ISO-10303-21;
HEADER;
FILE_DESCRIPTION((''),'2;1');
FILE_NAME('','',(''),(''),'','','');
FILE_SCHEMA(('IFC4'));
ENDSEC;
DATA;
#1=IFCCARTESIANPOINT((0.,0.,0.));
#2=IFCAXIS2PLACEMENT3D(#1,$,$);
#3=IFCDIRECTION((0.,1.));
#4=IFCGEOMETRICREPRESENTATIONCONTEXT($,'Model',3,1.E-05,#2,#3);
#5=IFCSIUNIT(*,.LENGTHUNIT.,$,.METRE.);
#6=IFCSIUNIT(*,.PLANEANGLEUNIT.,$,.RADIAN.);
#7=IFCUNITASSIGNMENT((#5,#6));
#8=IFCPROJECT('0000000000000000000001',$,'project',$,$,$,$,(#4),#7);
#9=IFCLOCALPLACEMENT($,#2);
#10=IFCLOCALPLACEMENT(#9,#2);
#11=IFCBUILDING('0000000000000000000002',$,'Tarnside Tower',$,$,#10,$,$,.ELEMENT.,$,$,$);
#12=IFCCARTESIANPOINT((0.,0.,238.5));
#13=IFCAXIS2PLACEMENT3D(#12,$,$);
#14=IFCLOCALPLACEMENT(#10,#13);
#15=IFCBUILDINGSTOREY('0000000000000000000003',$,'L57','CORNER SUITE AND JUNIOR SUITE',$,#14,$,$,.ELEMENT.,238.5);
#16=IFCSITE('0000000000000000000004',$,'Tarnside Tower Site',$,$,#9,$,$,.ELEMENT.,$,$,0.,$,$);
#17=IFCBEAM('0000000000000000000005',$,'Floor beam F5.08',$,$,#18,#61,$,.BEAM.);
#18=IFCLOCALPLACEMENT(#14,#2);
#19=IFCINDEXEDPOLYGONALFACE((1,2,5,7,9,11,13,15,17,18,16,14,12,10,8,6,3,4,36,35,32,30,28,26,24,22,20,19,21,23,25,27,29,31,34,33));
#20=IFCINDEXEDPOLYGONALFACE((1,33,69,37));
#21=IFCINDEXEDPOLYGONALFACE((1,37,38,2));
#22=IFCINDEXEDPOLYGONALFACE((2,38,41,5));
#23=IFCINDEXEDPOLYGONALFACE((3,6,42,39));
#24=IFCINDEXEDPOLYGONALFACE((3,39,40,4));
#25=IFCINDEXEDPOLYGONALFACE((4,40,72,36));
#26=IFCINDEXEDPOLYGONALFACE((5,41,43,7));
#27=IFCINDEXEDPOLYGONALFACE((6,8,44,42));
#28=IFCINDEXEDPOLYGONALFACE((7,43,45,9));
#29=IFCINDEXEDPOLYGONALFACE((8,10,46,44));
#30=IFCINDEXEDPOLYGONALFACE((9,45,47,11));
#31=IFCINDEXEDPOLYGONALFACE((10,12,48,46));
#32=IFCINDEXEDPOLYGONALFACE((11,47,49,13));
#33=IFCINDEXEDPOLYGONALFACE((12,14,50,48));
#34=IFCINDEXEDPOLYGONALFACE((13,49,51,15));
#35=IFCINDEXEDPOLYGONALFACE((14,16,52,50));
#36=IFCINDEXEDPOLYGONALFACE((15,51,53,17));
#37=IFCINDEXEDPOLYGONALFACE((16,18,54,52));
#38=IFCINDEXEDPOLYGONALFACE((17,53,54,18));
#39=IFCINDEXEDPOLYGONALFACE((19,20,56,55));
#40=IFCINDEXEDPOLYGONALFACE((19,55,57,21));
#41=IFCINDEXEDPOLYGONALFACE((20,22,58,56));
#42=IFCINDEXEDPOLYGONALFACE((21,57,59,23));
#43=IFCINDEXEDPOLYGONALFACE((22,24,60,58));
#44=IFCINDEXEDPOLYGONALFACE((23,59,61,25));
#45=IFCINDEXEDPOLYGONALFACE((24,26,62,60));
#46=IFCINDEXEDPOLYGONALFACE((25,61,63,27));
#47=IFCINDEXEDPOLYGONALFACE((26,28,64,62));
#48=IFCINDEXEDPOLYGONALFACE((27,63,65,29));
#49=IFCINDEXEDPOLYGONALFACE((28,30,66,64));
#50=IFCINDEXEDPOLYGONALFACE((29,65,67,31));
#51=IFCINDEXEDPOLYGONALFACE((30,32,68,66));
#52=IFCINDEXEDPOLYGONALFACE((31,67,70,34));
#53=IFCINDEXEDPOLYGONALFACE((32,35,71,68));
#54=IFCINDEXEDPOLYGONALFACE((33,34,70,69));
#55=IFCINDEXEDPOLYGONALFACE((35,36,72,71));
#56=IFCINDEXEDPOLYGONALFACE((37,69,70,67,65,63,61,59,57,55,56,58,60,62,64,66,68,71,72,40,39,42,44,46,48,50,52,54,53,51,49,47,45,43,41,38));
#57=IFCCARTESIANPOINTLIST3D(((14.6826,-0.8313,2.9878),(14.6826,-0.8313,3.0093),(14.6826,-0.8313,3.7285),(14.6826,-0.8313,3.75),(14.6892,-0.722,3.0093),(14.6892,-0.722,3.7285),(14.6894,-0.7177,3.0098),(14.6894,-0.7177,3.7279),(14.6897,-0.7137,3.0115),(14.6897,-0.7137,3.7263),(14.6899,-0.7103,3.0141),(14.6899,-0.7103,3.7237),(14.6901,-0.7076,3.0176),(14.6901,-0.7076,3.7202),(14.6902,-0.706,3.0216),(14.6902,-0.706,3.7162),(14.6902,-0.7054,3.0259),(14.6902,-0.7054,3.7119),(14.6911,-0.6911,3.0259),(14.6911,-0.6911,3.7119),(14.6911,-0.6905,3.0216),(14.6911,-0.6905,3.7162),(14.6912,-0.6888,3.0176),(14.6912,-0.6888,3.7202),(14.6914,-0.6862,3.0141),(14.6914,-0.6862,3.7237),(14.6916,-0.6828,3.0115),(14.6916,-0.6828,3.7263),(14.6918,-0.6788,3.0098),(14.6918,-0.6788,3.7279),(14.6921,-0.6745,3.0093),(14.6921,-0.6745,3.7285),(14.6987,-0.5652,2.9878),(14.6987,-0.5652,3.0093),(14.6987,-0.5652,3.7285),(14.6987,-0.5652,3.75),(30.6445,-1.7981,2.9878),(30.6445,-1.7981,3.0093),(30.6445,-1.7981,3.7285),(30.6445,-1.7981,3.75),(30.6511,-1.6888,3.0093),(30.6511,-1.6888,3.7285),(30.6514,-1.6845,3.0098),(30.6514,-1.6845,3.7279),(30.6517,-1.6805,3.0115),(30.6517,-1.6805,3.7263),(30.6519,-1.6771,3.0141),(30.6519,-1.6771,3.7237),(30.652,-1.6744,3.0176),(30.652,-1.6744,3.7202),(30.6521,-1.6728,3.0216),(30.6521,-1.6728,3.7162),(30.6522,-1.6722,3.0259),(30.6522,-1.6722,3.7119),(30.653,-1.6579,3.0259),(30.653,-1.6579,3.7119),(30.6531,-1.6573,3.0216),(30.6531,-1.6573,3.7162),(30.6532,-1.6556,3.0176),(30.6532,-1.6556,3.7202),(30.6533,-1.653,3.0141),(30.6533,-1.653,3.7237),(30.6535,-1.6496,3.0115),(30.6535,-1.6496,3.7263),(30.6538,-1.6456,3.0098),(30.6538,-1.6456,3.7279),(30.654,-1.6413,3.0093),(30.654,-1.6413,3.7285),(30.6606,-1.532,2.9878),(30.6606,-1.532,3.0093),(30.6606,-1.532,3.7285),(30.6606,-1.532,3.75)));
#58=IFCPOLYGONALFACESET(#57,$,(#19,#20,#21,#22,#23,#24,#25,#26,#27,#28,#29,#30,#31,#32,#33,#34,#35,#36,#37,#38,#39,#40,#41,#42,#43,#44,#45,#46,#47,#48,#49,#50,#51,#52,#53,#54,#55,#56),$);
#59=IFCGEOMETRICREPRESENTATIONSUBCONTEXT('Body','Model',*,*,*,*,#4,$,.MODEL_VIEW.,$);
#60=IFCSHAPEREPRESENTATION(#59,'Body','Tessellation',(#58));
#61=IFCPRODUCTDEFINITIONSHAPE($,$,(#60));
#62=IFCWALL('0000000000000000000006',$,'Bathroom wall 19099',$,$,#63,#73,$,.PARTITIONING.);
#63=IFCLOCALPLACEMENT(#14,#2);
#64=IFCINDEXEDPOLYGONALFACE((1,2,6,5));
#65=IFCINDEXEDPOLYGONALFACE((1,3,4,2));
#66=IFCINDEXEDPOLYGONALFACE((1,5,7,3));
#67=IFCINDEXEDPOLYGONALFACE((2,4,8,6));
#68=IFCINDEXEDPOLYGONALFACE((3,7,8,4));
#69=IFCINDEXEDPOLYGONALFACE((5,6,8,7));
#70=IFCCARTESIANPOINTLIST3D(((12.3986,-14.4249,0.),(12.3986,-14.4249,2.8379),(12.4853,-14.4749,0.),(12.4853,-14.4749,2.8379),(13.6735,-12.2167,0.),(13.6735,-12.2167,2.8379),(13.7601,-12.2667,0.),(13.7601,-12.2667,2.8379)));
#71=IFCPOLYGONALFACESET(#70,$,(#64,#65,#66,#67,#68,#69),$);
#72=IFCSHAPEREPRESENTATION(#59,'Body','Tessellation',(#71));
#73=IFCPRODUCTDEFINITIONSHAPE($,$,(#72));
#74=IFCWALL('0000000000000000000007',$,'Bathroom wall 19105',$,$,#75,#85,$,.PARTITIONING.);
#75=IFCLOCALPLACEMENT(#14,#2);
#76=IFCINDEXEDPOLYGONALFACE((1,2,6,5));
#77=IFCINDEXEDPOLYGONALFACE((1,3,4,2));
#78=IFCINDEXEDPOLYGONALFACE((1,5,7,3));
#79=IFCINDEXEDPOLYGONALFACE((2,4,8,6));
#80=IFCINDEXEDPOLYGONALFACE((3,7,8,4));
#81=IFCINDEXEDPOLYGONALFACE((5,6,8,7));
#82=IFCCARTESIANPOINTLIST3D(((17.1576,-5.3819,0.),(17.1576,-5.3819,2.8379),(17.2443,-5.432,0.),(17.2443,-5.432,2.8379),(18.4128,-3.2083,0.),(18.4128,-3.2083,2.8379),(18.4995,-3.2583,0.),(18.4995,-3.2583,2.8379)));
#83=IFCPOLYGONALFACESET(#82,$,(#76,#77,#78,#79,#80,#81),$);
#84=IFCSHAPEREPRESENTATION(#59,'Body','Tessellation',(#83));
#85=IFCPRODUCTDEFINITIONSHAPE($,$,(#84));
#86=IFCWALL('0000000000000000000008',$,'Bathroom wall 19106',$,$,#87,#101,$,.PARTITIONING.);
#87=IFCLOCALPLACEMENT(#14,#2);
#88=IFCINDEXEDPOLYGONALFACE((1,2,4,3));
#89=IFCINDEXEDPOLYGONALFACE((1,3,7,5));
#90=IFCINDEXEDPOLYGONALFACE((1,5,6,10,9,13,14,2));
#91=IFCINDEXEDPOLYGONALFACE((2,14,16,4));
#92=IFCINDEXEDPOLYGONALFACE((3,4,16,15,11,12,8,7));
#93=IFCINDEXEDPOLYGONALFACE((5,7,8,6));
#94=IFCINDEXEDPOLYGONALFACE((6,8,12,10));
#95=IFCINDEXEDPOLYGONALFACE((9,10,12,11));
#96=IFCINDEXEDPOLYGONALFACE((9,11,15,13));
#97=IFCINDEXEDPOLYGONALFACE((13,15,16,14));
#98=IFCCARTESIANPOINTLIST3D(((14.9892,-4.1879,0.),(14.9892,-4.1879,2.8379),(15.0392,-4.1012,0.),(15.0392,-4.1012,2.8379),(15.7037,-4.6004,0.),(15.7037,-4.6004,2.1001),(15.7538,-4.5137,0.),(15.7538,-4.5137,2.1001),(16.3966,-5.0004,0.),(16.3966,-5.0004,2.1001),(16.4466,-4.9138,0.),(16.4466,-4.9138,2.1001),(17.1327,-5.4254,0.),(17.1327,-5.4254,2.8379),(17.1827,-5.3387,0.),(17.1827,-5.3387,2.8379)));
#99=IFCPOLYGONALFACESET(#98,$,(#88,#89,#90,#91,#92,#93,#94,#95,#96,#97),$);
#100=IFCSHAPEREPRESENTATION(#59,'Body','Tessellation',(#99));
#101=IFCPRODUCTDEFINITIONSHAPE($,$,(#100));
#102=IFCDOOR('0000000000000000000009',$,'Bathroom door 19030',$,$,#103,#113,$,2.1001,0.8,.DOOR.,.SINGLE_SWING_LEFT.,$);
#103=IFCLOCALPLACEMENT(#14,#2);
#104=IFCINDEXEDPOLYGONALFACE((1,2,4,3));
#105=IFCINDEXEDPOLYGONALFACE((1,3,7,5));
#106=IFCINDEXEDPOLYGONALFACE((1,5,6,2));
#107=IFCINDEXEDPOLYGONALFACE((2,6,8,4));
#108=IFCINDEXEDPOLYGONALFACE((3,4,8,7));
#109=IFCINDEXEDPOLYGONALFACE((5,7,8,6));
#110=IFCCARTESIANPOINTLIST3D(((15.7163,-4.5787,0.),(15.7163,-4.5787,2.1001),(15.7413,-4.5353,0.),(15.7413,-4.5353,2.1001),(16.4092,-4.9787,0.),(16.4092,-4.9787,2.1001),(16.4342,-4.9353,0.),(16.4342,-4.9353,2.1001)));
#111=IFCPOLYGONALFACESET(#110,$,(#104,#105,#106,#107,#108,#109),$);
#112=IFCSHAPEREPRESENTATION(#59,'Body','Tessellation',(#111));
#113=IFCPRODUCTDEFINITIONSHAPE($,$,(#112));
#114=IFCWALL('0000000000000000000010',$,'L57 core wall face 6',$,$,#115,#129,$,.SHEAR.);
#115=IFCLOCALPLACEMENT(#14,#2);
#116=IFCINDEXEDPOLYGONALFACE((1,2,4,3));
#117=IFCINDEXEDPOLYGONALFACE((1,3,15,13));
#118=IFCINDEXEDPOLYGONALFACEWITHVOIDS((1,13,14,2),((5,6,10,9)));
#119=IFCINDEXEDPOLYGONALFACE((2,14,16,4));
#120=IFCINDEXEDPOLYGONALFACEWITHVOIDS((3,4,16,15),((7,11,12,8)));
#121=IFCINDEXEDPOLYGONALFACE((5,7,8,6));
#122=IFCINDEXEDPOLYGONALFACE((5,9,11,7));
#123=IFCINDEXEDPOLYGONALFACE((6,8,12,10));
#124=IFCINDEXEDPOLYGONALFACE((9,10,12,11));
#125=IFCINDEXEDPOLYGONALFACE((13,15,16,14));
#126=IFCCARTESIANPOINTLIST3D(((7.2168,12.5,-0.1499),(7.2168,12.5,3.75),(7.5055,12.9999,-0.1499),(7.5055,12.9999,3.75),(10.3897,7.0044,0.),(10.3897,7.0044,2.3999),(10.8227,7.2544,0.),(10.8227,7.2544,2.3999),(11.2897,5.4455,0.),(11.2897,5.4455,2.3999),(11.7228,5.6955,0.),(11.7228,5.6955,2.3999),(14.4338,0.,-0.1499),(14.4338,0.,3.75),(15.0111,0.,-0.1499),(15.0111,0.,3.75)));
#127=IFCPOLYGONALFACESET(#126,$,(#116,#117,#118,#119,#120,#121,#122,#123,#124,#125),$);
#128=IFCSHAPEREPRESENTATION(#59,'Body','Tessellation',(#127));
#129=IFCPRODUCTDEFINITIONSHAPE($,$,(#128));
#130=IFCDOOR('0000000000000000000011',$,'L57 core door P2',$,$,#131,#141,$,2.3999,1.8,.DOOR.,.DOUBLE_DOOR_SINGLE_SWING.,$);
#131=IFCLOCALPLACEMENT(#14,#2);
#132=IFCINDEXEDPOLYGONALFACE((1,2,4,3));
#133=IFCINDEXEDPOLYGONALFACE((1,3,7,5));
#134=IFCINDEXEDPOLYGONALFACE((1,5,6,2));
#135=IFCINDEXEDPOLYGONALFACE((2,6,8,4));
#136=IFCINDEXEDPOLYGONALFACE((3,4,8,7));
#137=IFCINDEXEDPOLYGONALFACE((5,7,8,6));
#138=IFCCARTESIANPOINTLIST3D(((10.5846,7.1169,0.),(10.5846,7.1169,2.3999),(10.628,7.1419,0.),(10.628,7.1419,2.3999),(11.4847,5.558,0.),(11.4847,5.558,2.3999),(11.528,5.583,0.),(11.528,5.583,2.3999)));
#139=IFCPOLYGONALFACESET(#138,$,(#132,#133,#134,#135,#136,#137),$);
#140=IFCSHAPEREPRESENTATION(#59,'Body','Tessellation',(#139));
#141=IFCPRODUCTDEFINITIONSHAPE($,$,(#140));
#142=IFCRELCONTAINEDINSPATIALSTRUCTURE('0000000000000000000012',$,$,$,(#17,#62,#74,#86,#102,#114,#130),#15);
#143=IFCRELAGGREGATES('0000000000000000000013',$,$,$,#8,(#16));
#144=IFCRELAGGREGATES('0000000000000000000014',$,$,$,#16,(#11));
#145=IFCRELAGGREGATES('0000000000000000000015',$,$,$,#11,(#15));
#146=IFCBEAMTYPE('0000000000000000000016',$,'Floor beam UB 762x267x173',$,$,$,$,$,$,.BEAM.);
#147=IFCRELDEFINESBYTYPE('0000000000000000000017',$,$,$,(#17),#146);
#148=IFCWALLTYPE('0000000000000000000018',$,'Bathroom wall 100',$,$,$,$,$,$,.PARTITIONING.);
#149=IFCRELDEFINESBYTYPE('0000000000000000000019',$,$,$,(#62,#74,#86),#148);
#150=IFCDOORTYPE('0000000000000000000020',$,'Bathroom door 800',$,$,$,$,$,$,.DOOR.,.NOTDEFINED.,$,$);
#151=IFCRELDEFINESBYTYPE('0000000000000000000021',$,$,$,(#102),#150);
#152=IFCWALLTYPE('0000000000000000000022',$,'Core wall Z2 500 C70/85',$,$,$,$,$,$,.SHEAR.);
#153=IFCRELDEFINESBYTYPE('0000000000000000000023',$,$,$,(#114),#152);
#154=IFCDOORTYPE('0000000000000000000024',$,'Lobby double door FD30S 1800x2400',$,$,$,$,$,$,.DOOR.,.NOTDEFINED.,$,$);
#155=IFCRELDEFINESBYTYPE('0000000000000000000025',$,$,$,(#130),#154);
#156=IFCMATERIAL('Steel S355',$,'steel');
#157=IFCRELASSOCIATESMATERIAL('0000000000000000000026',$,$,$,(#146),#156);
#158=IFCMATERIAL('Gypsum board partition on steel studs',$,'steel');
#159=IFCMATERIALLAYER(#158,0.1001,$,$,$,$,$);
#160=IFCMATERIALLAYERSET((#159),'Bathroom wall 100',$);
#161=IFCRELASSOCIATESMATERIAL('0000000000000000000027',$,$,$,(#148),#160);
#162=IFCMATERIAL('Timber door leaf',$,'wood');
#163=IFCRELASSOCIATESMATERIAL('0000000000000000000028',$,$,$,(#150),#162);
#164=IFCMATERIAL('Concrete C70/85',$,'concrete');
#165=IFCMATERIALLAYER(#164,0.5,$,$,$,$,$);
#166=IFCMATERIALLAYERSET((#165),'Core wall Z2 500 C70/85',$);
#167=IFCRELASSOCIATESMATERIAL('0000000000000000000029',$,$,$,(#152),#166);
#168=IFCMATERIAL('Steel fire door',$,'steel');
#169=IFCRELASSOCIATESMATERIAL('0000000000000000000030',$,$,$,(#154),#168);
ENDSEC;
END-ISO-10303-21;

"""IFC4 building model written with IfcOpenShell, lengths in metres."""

from ifc_helpers import new_model, si_unit, direction, frame, frame_2d, origin, origin_2d, place, context, subcontext, project, spatial, polyline, rectangle, i_section, outline, extrude, material, layer, layer_set, material_profile, profile_set, type_object, element, fill, save


model = new_model("IFC4")

# Units and contexts
model_context = context("Model", 3, precision=1e-05, world=origin(), true_north=direction((0.0, 1.0)))
body_context = subcontext(model_context, "Body", "Model", "MODEL_VIEW")
ifc_project = project(units=[si_unit("LENGTHUNIT", "METRE"), si_unit("PLANEANGLEUNIT", "RADIAN")], contexts=[model_context])

# Site, building, storey
site_placement = place(None, origin())
site = spatial("IfcSite", under=ifc_project, at=site_placement, Name="Tarnside Tower Site", CompositionType="ELEMENT", RefElevation=0.0)
building_placement = place(site_placement, origin())
building = spatial("IfcBuilding", under=site, at=building_placement, Name="Tarnside Tower", CompositionType="ELEMENT")
storey_placement = place(building_placement, frame((0.0, 0.0, 238.5)))
storey = spatial("IfcBuildingStorey", under=building, at=storey_placement, Name="L57", Description="CORNER SUITE AND JUNIOR SUITE", CompositionType="ELEMENT", Elevation=238.5)

# Beam
ifc_material_1 = material(Name="Steel S355", Category="steel")
ifc_material_profile_1 = material_profile(ifc_material_1, i_section(OverallWidth=0.2666, OverallDepth=0.7622, WebThickness=0.0144, FlangeThickness=0.0215, FilletRadius=0.0166, at=origin_2d()), Name="UB 762x267x173")
ifc_profile_set_1 = profile_set([ifc_material_profile_1], Name="Steel S355")
beam_type_1 = type_object("IfcBeamType", Name="Floor beam UB 762x267x173", PredefinedType="BEAM", material=ifc_profile_set_1)
beam_1_placement = place(storey_placement, frame((30.6526, -1.665, 3.3689), z_axis=(-0.998171, 0.060458, 0.0), x_axis=(-0.060458, -0.998171, 0.0)))
element("IfcBeam", 1, at=beam_1_placement, inside=storey, type_object=beam_type_1, Name="Floor beam F5.08", PredefinedType="BEAM", context=body_context, shape_type="SweptSolid", body=[
    extrude(i_section(OverallWidth=0.2666, OverallDepth=0.7622, WebThickness=0.0144, FlangeThickness=0.0215, FilletRadius=0.0166, at=origin_2d()), origin(), (0.0, 0.0, 1.0), 15.9912),
])

# Walls
ifc_material_2 = material(Name="Gypsum board partition on steel studs", Category="steel")
ifc_layer_1 = layer(ifc_material_2, 0.1001)
ifc_layer_set_1 = layer_set([ifc_layer_1], Name="Bathroom wall 100")
wall_type_1 = type_object("IfcWallType", Name="Bathroom wall 100", PredefinedType="PARTITIONING", material=ifc_layer_set_1)
wall_1_placement = place(storey_placement, frame((13.7168, -12.2417, 0.0), z_axis=(0.0, 0.0, 1.0), x_axis=(-0.49999, -0.866031, 0.0)))
element("IfcWall", 2, at=wall_1_placement, inside=storey, type_object=wall_type_1, Name="Bathroom wall 19099", PredefinedType="PARTITIONING", context=body_context, shape_type="SweptSolid", body=[
    extrude(rectangle(XDim=2.5498, YDim=0.1001, at=frame_2d((1.2749, 0.0))), origin(), (0.0, 0.0, 1.0), 2.8379),
])
wall_2_placement = place(storey_placement, frame((18.4561, -3.2334, 0.0), z_axis=(0.0, 0.0, 1.0), x_axis=(-0.500062, -0.86599, 0.0)))
element("IfcWall", 3, at=wall_2_placement, inside=storey, type_object=wall_type_1, Name="Bathroom wall 19105", PredefinedType="PARTITIONING", context=body_context, shape_type="SweptSolid", body=[
    extrude(rectangle(XDim=2.51, YDim=0.1001, at=frame_2d((1.2549, 0.0))), origin(), (0.0, 0.0, 1.0), 2.8379),
])

# Walls, openings, doors
wall_3_placement = place(storey_placement, frame((17.1577, -5.3821, 0.0), z_axis=(0.0, 0.0, 1.0), x_axis=(-0.866031, 0.49999, 0.0)))
wall_3 = element("IfcWall", 4, at=wall_3_placement, inside=storey, type_object=wall_type_1, Name="Bathroom wall 19106", PredefinedType="PARTITIONING", context=body_context, shape_type="SweptSolid", body=[
    extrude(rectangle(XDim=2.4751, YDim=0.1001, at=frame_2d((1.2375, 0.0))), origin(), (0.0, 0.0, 1.0), 2.8379),
])
opening_1_placement = place(wall_3_placement, frame((0.8501, 0.0, 0.0)))
opening_1 = element("IfcOpeningElement", 5, at=opening_1_placement, cuts=wall_3, PredefinedType="OPENING", context=body_context, shape_type="SweptSolid", body=[
    extrude(rectangle(XDim=0.8, YDim=2.1001, at=frame_2d((0.3999, 1.05))), frame((0.0, 0.0601, 0.0), z_axis=(0.0, -1.0, 0.0), x_axis=(1.0, 0.0, 0.0)), (0.0, 0.0, 1.0), 0.1201),
])
ifc_material_3 = material(Name="Timber door leaf", Category="wood")
door_type_1 = type_object("IfcDoorType", Name="Bathroom door 800", OperationType="NOTDEFINED", PredefinedType="DOOR", material=ifc_material_3)
door_1_placement = place(opening_1_placement, origin())
door_1 = element("IfcDoor", 6, at=door_1_placement, inside=storey, type_object=door_type_1, Name="Bathroom door 19030", OperationType="SINGLE_SWING_LEFT", OverallHeight=2.1001, OverallWidth=0.8, PredefinedType="DOOR", context=body_context, shape_type="SweptSolid", body=[
    extrude(rectangle(XDim=0.8, YDim=2.1001, at=frame_2d((0.3999, 1.05))), frame((0.0, 0.0249, 0.0), z_axis=(0.0, -1.0, 0.0), x_axis=(1.0, 0.0, 0.0)), (0.0, 0.0, 1.0), 0.05),
])
fill(opening_1, door_1)
ifc_material_4 = material(Name="Concrete C70/85", Category="concrete")
ifc_layer_2 = layer(ifc_material_4, 0.5)
ifc_layer_set_2 = layer_set([ifc_layer_2], Name="Core wall Z2 500 C70/85")
wall_type_2 = type_object("IfcWallType", Name="Core wall Z2 500 C70/85", PredefinedType="SHEAR", material=ifc_layer_set_2)
wall_4_placement = place(storey_placement, frame((14.7224, 0.0, -0.1499), z_axis=(0.0, 0.0, 1.0), x_axis=(-0.500006, 0.866022, 0.0)))
wall_4 = element("IfcWall", 7, at=wall_4_placement, inside=storey, type_object=wall_type_2, Name="L57 core wall face 6", PredefinedType="SHEAR", context=body_context, shape_type="SweptSolid", body=[
    extrude(outline(polyline([(-0.1443, -0.25), (14.8667, -0.25), (14.5781, 0.25), (0.1443, 0.25), (-0.1443, -0.25)])), origin(), (0.0, 0.0, 1.0), 3.8999),
])
opening_2_placement = place(wall_4_placement, frame((6.4324, 0.0, 0.1499)))
opening_2 = element("IfcOpeningElement", 8, at=opening_2_placement, cuts=wall_4, PredefinedType="OPENING", context=body_context, shape_type="SweptSolid", body=[
    extrude(rectangle(XDim=1.8, YDim=2.3999, at=frame_2d((0.8999, 1.2))), frame((0.0, 0.26, 0.0), z_axis=(0.0, -1.0, 0.0), x_axis=(1.0, 0.0, 0.0)), (0.0, 0.0, 1.0), 0.52),
])
ifc_material_5 = material(Name="Steel fire door", Category="steel")
door_type_2 = type_object("IfcDoorType", Name="Lobby double door FD30S 1800x2400", OperationType="NOTDEFINED", PredefinedType="DOOR", material=ifc_material_5)
door_2_placement = place(opening_2_placement, origin())
door_2 = element("IfcDoor", 9, at=door_2_placement, inside=storey, type_object=door_type_2, Name="L57 core door P2", OperationType="DOUBLE_DOOR_SINGLE_SWING", OverallHeight=2.3999, OverallWidth=1.8, PredefinedType="DOOR", context=body_context, shape_type="SweptSolid", body=[
    extrude(rectangle(XDim=1.8, YDim=2.3999, at=frame_2d((0.8999, 1.2))), frame((0.0, 0.0249, 0.0), z_axis=(0.0, -1.0, 0.0), x_axis=(1.0, 0.0, 0.0)), (0.0, 0.0, 1.0), 0.05),
])
fill(opening_2, door_2)

save(model, "model.ifc")
